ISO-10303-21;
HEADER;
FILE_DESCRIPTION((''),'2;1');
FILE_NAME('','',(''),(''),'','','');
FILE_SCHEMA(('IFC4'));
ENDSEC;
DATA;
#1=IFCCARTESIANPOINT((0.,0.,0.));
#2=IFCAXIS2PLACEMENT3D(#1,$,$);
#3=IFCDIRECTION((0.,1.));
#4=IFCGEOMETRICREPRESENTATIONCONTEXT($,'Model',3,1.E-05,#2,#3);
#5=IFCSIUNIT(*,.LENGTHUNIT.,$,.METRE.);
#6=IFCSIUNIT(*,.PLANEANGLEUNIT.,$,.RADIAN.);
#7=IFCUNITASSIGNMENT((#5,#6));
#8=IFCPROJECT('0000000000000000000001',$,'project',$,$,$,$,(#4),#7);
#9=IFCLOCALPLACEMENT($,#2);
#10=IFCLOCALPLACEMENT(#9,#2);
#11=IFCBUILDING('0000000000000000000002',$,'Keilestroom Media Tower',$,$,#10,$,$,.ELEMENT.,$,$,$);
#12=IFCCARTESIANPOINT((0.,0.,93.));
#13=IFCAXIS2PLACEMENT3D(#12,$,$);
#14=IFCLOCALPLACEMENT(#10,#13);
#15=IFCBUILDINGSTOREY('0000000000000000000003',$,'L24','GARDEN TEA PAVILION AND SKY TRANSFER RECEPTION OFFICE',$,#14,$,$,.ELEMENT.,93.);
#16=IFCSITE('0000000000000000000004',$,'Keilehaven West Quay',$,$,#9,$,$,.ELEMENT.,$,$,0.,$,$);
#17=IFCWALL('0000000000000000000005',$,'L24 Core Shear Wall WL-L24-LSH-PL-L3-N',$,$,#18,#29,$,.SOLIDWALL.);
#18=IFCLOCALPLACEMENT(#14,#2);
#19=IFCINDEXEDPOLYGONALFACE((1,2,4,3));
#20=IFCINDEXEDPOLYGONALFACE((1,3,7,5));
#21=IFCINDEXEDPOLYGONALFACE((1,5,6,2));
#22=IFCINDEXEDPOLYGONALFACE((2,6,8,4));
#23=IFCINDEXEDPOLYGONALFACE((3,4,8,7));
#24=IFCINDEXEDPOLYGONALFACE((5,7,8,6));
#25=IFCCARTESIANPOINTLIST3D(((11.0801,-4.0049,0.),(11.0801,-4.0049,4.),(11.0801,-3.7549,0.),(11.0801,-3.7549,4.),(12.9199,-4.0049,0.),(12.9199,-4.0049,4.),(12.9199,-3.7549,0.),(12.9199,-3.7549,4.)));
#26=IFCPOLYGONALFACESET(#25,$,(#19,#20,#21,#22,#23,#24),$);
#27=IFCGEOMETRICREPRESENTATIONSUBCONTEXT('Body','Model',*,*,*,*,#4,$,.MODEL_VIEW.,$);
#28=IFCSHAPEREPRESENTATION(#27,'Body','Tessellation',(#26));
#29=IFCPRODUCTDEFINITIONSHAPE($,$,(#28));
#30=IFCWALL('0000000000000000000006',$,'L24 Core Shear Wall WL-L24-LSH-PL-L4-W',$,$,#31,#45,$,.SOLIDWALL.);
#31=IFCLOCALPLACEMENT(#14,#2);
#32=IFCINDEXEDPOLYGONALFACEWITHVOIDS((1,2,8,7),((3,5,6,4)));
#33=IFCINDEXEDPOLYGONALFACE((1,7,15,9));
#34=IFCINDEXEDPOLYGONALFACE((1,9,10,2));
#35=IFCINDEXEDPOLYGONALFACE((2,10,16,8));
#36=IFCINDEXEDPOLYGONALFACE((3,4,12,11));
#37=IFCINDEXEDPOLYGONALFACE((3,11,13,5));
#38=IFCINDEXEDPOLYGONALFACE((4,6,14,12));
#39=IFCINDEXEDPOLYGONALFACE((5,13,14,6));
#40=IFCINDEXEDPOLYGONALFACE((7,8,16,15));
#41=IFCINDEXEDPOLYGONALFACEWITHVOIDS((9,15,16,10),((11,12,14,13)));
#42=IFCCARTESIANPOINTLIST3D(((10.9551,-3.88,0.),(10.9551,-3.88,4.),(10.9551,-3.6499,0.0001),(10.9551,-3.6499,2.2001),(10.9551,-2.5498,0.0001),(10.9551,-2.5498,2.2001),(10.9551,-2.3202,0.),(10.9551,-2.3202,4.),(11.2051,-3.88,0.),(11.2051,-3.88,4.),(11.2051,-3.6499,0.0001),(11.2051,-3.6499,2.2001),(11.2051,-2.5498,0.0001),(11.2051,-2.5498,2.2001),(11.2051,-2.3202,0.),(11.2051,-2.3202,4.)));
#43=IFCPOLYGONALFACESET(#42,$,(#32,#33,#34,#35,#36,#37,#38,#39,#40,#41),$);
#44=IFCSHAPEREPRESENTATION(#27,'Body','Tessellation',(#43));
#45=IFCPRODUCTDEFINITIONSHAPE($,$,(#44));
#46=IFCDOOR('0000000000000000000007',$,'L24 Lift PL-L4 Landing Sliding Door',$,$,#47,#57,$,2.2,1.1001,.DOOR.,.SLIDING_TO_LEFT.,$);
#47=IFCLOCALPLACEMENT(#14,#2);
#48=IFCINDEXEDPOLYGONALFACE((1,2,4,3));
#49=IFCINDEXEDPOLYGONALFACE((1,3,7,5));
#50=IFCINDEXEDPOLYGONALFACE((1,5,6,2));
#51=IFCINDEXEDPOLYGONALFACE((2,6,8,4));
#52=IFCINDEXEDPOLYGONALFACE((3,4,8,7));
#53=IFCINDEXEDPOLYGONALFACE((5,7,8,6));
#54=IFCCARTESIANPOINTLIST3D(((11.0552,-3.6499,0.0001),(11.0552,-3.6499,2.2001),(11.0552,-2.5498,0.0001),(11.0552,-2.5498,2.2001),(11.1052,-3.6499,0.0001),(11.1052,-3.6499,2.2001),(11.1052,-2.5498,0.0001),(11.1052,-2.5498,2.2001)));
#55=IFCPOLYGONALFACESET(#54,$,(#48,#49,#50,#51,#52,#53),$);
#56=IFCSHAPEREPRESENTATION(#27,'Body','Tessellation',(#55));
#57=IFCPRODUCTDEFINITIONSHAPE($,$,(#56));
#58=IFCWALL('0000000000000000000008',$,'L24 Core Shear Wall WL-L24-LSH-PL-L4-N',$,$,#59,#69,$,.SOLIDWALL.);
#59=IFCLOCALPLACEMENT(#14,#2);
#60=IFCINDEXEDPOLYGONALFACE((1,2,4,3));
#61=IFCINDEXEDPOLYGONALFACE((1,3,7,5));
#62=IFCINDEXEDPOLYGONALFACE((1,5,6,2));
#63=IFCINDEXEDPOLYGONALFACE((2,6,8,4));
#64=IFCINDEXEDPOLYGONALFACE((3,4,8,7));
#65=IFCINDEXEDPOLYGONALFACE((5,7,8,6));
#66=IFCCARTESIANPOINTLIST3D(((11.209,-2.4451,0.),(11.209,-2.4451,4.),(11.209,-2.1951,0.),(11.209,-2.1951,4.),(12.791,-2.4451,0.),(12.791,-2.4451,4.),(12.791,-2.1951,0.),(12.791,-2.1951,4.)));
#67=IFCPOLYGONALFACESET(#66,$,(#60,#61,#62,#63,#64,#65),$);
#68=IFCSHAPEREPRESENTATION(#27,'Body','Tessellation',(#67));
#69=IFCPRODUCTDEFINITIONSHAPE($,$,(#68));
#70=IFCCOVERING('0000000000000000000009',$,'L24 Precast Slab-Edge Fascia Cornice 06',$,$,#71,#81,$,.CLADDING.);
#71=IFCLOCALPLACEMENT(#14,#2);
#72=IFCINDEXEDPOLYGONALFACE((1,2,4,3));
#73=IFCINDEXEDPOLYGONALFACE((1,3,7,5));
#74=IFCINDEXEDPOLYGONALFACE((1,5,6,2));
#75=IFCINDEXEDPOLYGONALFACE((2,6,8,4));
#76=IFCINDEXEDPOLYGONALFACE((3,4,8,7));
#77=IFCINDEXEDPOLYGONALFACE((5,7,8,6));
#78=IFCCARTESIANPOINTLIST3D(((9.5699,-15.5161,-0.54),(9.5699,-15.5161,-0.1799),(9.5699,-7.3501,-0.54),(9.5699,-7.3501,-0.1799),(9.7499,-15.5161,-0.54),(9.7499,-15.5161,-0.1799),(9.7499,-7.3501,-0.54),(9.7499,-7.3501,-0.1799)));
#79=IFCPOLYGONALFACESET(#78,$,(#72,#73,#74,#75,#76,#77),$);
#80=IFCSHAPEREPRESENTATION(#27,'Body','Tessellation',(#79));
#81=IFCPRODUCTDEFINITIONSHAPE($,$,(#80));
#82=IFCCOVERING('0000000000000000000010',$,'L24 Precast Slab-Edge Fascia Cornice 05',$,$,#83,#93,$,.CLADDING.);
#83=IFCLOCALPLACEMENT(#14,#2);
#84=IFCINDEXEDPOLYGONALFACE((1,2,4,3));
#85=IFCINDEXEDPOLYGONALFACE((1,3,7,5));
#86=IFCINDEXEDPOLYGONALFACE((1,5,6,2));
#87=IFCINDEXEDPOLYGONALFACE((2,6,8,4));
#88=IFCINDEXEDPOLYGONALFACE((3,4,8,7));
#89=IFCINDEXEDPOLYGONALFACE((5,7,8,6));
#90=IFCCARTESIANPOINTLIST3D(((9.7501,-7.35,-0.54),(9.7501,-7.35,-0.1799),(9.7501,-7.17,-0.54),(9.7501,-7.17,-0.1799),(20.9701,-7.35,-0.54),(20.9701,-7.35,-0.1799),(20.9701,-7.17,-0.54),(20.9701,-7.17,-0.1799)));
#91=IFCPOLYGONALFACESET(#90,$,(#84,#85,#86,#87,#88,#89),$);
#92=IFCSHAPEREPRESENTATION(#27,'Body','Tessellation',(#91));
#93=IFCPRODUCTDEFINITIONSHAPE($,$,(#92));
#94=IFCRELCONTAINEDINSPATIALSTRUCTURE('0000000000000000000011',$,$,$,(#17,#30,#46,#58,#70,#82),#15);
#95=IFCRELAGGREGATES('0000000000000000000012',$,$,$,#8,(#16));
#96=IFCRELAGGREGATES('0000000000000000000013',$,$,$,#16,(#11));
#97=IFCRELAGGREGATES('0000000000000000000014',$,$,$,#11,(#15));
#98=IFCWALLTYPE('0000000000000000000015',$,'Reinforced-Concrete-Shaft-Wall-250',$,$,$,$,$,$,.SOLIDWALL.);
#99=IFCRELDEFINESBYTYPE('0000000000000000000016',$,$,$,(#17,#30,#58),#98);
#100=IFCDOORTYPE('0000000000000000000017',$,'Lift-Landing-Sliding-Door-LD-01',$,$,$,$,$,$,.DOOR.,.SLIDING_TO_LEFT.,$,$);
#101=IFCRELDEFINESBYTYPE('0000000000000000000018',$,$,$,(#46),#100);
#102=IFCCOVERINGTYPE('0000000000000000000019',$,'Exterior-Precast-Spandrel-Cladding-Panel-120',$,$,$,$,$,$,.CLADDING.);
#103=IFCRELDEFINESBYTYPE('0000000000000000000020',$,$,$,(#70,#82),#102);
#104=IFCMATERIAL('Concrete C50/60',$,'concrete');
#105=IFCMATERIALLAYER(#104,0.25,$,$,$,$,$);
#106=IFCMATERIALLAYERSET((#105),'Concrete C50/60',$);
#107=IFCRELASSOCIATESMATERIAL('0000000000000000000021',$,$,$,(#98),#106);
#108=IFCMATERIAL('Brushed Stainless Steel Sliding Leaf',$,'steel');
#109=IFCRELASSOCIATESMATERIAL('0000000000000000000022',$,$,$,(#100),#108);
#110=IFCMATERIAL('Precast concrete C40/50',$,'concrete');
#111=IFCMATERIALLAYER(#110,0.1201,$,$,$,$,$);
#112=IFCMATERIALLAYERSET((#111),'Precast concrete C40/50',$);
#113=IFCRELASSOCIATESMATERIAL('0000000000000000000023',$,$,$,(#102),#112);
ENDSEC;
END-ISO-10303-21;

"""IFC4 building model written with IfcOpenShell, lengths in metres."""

from ifc_helpers import new_model, si_unit, direction, frame, frame_2d, origin, origin_2d, place, context, subcontext, project, spatial, rectangle, extrude, source, transform, mapped, material, layer, layer_set, type_object, element, fill, save


model = new_model("IFC4")

# Units and contexts
model_context = context("Model", 3, precision=1e-05, world=origin(), true_north=direction((0.0, 1.0)))
body_context = subcontext(model_context, "Body", "Model", "MODEL_VIEW")
ifc_project = project(units=[si_unit("LENGTHUNIT", "METRE"), si_unit("PLANEANGLEUNIT", "RADIAN")], contexts=[model_context])

# Site, building, storey
site_placement = place(None, origin())
site = spatial("IfcSite", under=ifc_project, at=site_placement, Name="Keilehaven West Quay", CompositionType="ELEMENT", RefElevation=0.0)
building_placement = place(site_placement, origin())
building = spatial("IfcBuilding", under=site, at=building_placement, Name="Keilestroom Media Tower", CompositionType="ELEMENT")
storey_placement = place(building_placement, frame((0.0, 0.0, 93.0)))
storey = spatial("IfcBuildingStorey", under=building, at=storey_placement, Name="L24", Description="GARDEN TEA PAVILION AND SKY TRANSFER RECEPTION OFFICE", CompositionType="ELEMENT", Elevation=93.0)

# Shared definitions
ifc_material_1 = material(Name="Precast concrete C40/50", Category="concrete")

# Shared definitions
ifc_material_2 = material(Name="Concrete C50/60", Category="concrete")
ifc_layer_1 = layer(ifc_material_2, 0.25)
ifc_layer_set_1 = layer_set([ifc_layer_1], Name="Concrete C50/60")
wall_type_1 = type_object("IfcWallType", Name="Reinforced-Concrete-Shaft-Wall-250", PredefinedType="SOLIDWALL", material=ifc_layer_set_1)

# Shared definitions
ifc_material_3 = material(Name="Brushed Stainless Steel Sliding Leaf", Category="steel")
door_type_1 = type_object("IfcDoorType", Name="Lift-Landing-Sliding-Door-LD-01", OperationType="SLIDING_TO_LEFT", PredefinedType="DOOR", material=ifc_material_3)
shared_shape_1 = source(origin(), body_context, "Body", "SweptSolid", [
    extrude(rectangle(XDim=1.1001, YDim=2.2, at=frame_2d((0.55, 1.1001))), frame((0.0, 0.0249, 0.0), z_axis=(0.0, -1.0, 0.0), x_axis=(1.0, 0.0, 0.0)), (0.0, 0.0, 1.0), 0.05),
])

# Wall
wall_1_placement = place(storey_placement, frame((11.0801, -3.8799, 0.0), z_axis=(0.0, 0.0, 1.0), x_axis=(1.0, 0.0, 0.0)))
element("IfcWall", 1, at=wall_1_placement, inside=storey, type_object=wall_type_1, Name="L24 Core Shear Wall WL-L24-LSH-PL-L3-N", PredefinedType="SOLIDWALL", context=body_context, shape_type="SweptSolid", body=[
    extrude(rectangle(XDim=1.8398, YDim=0.25, at=frame_2d((0.9199, 0.0))), origin(), (0.0, 0.0, 1.0), 4.0),
])

# Wall, opening, door
wall_2_placement = place(storey_placement, frame((11.0801, -3.8799, 0.0), z_axis=(0.0, 0.0, 1.0), x_axis=(0.0, 1.0, 0.0)))
wall_2 = element("IfcWall", 2, at=wall_2_placement, inside=storey, type_object=wall_type_1, Name="L24 Core Shear Wall WL-L24-LSH-PL-L4-W", PredefinedType="SOLIDWALL", context=body_context, shape_type="SweptSolid", body=[
    extrude(rectangle(XDim=1.5598, YDim=0.25, at=frame_2d((0.7798, 0.0))), origin(), (0.0, 0.0, 1.0), 4.0),
])
opening_1_placement = place(wall_2_placement, frame((0.23, 0.0, 0.0)))
opening_1 = element("IfcOpeningElement", 3, at=opening_1_placement, cuts=wall_2, PredefinedType="OPENING", context=body_context, shape_type="SweptSolid", body=[
    extrude(rectangle(XDim=1.1001, YDim=2.2, at=frame_2d((0.55, 1.1001))), frame((0.0, 0.135, 0.0), z_axis=(0.0, -1.0, 0.0), x_axis=(1.0, 0.0, 0.0)), (0.0, 0.0, 1.0), 0.27),
])
door_1_placement = place(opening_1_placement, origin())
door_1 = element("IfcDoor", 4, at=door_1_placement, inside=storey, type_object=door_type_1, Name="L24 Lift PL-L4 Landing Sliding Door", OperationType="SLIDING_TO_LEFT", OverallHeight=2.2, OverallWidth=1.1001, PredefinedType="DOOR", context=body_context, shape_type="MappedRepresentation", body=[
    mapped(shared_shape_1, transform((0.0, 0.0, 0.0), x_axis=(1.0, 0.0, 0.0), y_axis=(0.0, 1.0, 0.0), z_axis=(0.0, 0.0, 1.0), scale=1.0)),
])
fill(opening_1, door_1)

# Wall
wall_3_placement = place(storey_placement, frame((11.209, -2.3201, 0.0), z_axis=(0.0, 0.0, 1.0), x_axis=(1.0, 0.0, 0.0)))
element("IfcWall", 5, at=wall_3_placement, inside=storey, type_object=wall_type_1, Name="L24 Core Shear Wall WL-L24-LSH-PL-L4-N", PredefinedType="SOLIDWALL", context=body_context, shape_type="SweptSolid", body=[
    extrude(rectangle(XDim=1.582, YDim=0.25, at=frame_2d((0.791, 0.0))), origin(), (0.0, 0.0, 1.0), 4.0),
])

# Coverings
ifc_layer_2 = layer(ifc_material_1, 0.1201)
ifc_layer_set_2 = layer_set([ifc_layer_2], Name="Precast concrete C40/50")
covering_type = type_object("IfcCoveringType", Name="Exterior-Precast-Spandrel-Cladding-Panel-120", PredefinedType="CLADDING", material=ifc_layer_set_2)
shared_shape_2 = source(origin(), body_context, "Body", "SweptSolid", [
    extrude(rectangle(XDim=8.166, YDim=0.1799, at=origin_2d()), origin(), (0.0, 0.0, 1.0), 0.3601),
])
covering_1_placement = place(storey_placement, frame((9.6599, -11.4331, -0.54), z_axis=(0.0, 0.0, 1.0), x_axis=(0.0, -1.0, 0.0)))
element("IfcCovering", 6, at=covering_1_placement, inside=storey, type_object=covering_type, Name="L24 Precast Slab-Edge Fascia Cornice 06", PredefinedType="CLADDING", context=body_context, shape_type="MappedRepresentation", body=[
    mapped(shared_shape_2, transform((0.0, 0.0, 0.0), x_axis=(1.0, 0.0, 0.0), y_axis=(0.0, 1.0, 0.0), z_axis=(0.0, 0.0, 1.0), scale=1.0)),
])
shared_shape_3 = source(origin(), body_context, "Body", "SweptSolid", [
    extrude(rectangle(XDim=11.22, YDim=0.1799, at=origin_2d()), origin(), (0.0, 0.0, 1.0), 0.3601),
])
covering_2_placement = place(storey_placement, frame((15.3601, -7.26, -0.54), z_axis=(0.0, 0.0, 1.0), x_axis=(-1.0, 0.0, 0.0)))
element("IfcCovering", 7, at=covering_2_placement, inside=storey, type_object=covering_type, Name="L24 Precast Slab-Edge Fascia Cornice 05", PredefinedType="CLADDING", context=body_context, shape_type="MappedRepresentation", body=[
    mapped(shared_shape_3, transform((0.0, 0.0, 0.0), x_axis=(1.0, 0.0, 0.0), y_axis=(0.0, 1.0, 0.0), z_axis=(0.0, 0.0, 1.0), scale=1.0)),
])

save(model, "model.ifc")
